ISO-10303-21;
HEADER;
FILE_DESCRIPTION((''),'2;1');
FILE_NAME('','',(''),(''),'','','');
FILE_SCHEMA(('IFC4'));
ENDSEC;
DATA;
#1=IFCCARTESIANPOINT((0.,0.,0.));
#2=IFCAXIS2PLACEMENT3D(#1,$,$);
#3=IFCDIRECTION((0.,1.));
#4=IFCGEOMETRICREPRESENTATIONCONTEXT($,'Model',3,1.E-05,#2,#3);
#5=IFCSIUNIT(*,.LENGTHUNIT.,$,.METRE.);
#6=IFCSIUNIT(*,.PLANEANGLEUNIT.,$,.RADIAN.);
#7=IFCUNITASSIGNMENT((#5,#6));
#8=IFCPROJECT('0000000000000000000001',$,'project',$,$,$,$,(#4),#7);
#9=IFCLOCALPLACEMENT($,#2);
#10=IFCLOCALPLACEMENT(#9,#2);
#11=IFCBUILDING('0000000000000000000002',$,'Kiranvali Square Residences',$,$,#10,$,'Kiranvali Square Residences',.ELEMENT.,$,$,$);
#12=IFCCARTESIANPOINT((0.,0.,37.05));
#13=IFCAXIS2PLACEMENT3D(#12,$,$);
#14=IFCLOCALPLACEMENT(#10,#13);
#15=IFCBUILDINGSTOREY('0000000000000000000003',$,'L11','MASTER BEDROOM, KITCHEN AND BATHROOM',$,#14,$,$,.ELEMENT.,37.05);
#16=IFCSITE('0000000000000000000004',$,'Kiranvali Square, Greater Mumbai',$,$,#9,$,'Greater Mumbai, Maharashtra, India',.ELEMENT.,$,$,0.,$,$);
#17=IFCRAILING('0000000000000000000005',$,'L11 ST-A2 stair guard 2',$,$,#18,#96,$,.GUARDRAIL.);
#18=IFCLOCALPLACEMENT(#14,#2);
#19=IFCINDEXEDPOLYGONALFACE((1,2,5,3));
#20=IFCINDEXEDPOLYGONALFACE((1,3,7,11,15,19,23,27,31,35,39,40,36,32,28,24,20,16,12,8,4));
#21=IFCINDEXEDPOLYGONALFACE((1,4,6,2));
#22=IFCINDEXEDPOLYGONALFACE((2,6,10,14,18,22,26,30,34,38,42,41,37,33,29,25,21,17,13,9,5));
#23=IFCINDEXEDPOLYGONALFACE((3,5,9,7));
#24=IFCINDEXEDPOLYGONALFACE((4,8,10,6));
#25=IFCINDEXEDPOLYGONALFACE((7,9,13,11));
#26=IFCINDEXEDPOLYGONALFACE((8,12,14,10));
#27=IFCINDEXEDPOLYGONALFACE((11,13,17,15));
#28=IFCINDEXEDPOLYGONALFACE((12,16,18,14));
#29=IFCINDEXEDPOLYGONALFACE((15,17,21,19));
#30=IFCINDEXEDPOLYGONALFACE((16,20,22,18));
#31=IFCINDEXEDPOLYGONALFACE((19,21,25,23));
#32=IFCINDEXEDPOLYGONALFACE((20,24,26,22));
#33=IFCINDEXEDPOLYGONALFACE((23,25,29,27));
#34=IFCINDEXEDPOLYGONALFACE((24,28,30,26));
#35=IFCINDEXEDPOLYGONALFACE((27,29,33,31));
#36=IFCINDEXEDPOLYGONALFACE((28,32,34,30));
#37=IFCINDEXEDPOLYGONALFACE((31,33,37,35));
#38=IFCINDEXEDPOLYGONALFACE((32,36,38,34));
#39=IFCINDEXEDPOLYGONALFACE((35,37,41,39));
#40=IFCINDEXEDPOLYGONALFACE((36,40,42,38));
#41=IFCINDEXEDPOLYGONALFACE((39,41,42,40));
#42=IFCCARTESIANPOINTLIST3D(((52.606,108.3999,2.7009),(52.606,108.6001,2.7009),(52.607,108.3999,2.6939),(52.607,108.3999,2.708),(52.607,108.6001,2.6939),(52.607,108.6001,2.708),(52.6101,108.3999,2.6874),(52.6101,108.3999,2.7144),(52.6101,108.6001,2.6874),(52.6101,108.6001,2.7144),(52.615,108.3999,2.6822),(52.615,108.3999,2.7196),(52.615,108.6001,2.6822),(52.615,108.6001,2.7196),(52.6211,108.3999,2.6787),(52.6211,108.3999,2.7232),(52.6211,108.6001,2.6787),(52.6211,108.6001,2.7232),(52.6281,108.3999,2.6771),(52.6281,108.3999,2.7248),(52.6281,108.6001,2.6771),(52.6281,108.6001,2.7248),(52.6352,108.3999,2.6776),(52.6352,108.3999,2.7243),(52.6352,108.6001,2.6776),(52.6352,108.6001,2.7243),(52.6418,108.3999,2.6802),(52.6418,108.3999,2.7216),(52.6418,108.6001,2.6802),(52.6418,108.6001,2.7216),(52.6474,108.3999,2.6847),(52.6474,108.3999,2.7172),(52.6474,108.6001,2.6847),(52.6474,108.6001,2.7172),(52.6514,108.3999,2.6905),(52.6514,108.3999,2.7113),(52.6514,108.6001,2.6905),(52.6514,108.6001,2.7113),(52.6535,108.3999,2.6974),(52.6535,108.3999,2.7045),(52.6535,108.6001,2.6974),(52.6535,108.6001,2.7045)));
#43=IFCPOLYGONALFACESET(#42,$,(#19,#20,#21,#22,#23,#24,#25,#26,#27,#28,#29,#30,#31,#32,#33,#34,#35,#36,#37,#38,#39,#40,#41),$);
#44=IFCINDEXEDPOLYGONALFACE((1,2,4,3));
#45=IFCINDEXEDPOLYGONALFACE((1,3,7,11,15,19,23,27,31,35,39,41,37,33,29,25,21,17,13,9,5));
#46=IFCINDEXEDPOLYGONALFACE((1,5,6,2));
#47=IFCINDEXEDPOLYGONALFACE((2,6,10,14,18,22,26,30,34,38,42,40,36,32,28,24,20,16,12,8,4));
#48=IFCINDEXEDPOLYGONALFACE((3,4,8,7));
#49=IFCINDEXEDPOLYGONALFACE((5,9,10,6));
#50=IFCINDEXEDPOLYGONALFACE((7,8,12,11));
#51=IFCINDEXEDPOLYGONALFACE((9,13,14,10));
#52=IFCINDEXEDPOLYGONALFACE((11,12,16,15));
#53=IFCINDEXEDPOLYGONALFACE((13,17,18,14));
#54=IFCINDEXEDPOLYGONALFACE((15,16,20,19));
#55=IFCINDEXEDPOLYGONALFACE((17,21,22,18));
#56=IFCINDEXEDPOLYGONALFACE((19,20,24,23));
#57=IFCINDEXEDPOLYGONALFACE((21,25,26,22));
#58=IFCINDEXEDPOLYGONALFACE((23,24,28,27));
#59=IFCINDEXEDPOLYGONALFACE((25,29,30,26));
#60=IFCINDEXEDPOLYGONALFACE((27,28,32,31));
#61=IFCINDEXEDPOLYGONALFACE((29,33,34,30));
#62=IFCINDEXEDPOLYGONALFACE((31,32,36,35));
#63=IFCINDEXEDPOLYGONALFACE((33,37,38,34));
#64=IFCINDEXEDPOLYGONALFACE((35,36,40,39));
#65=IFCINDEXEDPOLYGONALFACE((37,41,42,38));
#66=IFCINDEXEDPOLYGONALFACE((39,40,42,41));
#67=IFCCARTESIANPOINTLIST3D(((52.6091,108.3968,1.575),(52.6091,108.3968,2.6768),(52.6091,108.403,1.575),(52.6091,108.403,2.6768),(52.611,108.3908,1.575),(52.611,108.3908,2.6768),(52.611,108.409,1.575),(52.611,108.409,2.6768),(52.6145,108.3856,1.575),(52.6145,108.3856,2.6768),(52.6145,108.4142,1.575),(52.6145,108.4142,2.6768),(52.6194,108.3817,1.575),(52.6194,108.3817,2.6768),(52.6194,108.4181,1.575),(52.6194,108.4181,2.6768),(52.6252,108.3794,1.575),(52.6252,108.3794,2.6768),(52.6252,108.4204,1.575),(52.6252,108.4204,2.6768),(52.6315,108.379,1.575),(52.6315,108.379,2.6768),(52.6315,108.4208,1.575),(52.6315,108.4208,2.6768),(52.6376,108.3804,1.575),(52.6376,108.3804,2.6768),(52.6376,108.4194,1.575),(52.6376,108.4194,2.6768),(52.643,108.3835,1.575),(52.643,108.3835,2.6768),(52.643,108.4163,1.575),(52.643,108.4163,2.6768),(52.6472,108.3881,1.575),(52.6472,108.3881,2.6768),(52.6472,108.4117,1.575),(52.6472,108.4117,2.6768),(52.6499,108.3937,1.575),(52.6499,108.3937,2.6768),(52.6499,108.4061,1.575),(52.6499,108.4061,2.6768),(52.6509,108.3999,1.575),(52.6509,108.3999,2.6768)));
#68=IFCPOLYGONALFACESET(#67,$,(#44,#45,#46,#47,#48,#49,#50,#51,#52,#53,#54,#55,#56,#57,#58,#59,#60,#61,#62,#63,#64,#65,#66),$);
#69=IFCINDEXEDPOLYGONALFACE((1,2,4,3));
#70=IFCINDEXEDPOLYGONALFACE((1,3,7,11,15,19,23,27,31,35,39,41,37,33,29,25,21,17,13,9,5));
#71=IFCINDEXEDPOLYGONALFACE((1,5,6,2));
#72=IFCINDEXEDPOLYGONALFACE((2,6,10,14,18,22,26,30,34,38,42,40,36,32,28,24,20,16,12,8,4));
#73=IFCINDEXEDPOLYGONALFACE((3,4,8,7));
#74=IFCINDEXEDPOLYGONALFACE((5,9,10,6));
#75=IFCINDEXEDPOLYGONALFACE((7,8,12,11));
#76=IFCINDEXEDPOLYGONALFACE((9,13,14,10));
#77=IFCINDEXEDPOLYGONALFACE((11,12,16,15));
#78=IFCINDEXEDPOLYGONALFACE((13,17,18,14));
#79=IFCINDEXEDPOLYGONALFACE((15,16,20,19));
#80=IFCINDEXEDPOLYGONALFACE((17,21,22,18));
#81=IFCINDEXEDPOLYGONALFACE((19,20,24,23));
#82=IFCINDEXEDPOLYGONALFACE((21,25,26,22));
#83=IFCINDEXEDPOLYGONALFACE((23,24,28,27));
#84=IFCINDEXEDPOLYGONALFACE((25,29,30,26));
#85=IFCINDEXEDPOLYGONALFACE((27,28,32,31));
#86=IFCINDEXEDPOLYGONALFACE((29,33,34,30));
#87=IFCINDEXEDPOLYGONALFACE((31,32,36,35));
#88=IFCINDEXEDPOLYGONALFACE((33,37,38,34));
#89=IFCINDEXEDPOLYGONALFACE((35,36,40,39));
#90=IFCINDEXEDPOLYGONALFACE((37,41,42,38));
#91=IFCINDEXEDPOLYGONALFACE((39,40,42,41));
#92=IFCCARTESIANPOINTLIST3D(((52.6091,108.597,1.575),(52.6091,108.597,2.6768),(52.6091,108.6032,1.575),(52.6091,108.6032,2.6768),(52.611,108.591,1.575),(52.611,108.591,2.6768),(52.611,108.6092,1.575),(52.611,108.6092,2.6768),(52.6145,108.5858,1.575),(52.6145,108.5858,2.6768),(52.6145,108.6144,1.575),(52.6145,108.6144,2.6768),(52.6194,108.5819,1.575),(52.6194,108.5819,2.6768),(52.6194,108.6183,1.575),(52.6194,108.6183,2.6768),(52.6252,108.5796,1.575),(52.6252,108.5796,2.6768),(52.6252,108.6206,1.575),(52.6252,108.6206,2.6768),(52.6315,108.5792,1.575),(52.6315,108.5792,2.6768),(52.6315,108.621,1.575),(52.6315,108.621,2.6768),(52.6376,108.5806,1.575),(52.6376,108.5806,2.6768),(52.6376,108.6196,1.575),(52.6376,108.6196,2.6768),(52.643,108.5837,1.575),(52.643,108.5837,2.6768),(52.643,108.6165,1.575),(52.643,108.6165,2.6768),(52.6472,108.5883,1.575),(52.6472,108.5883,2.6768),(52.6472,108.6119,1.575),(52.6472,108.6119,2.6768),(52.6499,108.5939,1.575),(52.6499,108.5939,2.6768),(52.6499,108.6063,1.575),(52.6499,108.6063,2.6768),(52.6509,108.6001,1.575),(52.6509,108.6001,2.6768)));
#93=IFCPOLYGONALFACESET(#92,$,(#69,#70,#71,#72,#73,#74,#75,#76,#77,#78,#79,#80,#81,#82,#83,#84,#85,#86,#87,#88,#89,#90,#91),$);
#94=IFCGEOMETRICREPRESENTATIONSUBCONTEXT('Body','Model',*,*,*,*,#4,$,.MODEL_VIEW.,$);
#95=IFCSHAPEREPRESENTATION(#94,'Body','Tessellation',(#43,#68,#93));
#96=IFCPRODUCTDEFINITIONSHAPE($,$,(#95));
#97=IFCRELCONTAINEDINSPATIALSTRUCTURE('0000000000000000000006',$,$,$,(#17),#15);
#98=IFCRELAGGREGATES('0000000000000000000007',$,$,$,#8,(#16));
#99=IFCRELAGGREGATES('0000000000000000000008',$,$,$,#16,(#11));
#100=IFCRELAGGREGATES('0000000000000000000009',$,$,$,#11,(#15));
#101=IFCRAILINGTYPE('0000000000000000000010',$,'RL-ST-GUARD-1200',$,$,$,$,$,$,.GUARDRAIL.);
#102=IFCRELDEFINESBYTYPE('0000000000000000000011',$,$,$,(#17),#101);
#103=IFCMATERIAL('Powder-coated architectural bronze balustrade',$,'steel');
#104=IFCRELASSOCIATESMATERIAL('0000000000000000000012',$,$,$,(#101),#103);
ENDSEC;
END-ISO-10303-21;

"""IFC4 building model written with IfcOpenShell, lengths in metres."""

from ifc_helpers import new_model, si_unit, direction, frame, origin, origin_2d, place, context, subcontext, project, spatial, circle, extrude, material, type_object, element, save


model = new_model("IFC4")

# Units and contexts
model_context = context("Model", 3, precision=1e-05, world=origin(), true_north=direction((0.0, 1.0)))
body_context = subcontext(model_context, "Body", "Model", "MODEL_VIEW")
ifc_project = project(units=[si_unit("LENGTHUNIT", "METRE"), si_unit("PLANEANGLEUNIT", "RADIAN")], contexts=[model_context])

# Site, building, storey
site_placement = place(None, origin())
site = spatial("IfcSite", under=ifc_project, at=site_placement, Name="Kiranvali Square, Greater Mumbai", LongName="Greater Mumbai, Maharashtra, India", CompositionType="ELEMENT", RefElevation=0.0)
building_placement = place(site_placement, origin())
building = spatial("IfcBuilding", under=site, at=building_placement, Name="Kiranvali Square Residences", LongName="Kiranvali Square Residences", CompositionType="ELEMENT")
storey_placement = place(building_placement, frame((0.0, 0.0, 37.05)))
storey = spatial("IfcBuildingStorey", under=building, at=storey_placement, Name="L11", Description="MASTER BEDROOM, KITCHEN AND BATHROOM", CompositionType="ELEMENT", Elevation=37.05)

# Railing
ifc_material_1 = material(Name="Powder-coated architectural bronze balustrade", Category="steel")
railing_type_1 = type_object("IfcRailingType", Name="RL-ST-GUARD-1200", PredefinedType="GUARDRAIL", material=ifc_material_1)
railing_1_placement = place(storey_placement, frame((52.6299, 108.3999, 1.575)))
element("IfcRailing", 1, at=railing_1_placement, inside=storey, type_object=railing_type_1, Name="L11 ST-A2 stair guard 2", PredefinedType="GUARDRAIL", context=body_context, shape_type="SweptSolid", body=[
    extrude(circle(Radius=0.0239, at=origin_2d()), frame((0.0, 0.0, 1.126), z_axis=(0.0, 1.0, 0.0), x_axis=(-1.0, 0.0, 0.0)), (0.0, 0.0, 1.0), 0.2002),
    extrude(circle(Radius=0.021, at=origin_2d()), origin(), (0.0, 0.0, 1.0), 1.1018),
    extrude(circle(Radius=0.021, at=origin_2d()), frame((0.0, 0.2002, 0.0)), (0.0, 0.0, 1.0), 1.1018),
])

save(model, "model.ifc")
